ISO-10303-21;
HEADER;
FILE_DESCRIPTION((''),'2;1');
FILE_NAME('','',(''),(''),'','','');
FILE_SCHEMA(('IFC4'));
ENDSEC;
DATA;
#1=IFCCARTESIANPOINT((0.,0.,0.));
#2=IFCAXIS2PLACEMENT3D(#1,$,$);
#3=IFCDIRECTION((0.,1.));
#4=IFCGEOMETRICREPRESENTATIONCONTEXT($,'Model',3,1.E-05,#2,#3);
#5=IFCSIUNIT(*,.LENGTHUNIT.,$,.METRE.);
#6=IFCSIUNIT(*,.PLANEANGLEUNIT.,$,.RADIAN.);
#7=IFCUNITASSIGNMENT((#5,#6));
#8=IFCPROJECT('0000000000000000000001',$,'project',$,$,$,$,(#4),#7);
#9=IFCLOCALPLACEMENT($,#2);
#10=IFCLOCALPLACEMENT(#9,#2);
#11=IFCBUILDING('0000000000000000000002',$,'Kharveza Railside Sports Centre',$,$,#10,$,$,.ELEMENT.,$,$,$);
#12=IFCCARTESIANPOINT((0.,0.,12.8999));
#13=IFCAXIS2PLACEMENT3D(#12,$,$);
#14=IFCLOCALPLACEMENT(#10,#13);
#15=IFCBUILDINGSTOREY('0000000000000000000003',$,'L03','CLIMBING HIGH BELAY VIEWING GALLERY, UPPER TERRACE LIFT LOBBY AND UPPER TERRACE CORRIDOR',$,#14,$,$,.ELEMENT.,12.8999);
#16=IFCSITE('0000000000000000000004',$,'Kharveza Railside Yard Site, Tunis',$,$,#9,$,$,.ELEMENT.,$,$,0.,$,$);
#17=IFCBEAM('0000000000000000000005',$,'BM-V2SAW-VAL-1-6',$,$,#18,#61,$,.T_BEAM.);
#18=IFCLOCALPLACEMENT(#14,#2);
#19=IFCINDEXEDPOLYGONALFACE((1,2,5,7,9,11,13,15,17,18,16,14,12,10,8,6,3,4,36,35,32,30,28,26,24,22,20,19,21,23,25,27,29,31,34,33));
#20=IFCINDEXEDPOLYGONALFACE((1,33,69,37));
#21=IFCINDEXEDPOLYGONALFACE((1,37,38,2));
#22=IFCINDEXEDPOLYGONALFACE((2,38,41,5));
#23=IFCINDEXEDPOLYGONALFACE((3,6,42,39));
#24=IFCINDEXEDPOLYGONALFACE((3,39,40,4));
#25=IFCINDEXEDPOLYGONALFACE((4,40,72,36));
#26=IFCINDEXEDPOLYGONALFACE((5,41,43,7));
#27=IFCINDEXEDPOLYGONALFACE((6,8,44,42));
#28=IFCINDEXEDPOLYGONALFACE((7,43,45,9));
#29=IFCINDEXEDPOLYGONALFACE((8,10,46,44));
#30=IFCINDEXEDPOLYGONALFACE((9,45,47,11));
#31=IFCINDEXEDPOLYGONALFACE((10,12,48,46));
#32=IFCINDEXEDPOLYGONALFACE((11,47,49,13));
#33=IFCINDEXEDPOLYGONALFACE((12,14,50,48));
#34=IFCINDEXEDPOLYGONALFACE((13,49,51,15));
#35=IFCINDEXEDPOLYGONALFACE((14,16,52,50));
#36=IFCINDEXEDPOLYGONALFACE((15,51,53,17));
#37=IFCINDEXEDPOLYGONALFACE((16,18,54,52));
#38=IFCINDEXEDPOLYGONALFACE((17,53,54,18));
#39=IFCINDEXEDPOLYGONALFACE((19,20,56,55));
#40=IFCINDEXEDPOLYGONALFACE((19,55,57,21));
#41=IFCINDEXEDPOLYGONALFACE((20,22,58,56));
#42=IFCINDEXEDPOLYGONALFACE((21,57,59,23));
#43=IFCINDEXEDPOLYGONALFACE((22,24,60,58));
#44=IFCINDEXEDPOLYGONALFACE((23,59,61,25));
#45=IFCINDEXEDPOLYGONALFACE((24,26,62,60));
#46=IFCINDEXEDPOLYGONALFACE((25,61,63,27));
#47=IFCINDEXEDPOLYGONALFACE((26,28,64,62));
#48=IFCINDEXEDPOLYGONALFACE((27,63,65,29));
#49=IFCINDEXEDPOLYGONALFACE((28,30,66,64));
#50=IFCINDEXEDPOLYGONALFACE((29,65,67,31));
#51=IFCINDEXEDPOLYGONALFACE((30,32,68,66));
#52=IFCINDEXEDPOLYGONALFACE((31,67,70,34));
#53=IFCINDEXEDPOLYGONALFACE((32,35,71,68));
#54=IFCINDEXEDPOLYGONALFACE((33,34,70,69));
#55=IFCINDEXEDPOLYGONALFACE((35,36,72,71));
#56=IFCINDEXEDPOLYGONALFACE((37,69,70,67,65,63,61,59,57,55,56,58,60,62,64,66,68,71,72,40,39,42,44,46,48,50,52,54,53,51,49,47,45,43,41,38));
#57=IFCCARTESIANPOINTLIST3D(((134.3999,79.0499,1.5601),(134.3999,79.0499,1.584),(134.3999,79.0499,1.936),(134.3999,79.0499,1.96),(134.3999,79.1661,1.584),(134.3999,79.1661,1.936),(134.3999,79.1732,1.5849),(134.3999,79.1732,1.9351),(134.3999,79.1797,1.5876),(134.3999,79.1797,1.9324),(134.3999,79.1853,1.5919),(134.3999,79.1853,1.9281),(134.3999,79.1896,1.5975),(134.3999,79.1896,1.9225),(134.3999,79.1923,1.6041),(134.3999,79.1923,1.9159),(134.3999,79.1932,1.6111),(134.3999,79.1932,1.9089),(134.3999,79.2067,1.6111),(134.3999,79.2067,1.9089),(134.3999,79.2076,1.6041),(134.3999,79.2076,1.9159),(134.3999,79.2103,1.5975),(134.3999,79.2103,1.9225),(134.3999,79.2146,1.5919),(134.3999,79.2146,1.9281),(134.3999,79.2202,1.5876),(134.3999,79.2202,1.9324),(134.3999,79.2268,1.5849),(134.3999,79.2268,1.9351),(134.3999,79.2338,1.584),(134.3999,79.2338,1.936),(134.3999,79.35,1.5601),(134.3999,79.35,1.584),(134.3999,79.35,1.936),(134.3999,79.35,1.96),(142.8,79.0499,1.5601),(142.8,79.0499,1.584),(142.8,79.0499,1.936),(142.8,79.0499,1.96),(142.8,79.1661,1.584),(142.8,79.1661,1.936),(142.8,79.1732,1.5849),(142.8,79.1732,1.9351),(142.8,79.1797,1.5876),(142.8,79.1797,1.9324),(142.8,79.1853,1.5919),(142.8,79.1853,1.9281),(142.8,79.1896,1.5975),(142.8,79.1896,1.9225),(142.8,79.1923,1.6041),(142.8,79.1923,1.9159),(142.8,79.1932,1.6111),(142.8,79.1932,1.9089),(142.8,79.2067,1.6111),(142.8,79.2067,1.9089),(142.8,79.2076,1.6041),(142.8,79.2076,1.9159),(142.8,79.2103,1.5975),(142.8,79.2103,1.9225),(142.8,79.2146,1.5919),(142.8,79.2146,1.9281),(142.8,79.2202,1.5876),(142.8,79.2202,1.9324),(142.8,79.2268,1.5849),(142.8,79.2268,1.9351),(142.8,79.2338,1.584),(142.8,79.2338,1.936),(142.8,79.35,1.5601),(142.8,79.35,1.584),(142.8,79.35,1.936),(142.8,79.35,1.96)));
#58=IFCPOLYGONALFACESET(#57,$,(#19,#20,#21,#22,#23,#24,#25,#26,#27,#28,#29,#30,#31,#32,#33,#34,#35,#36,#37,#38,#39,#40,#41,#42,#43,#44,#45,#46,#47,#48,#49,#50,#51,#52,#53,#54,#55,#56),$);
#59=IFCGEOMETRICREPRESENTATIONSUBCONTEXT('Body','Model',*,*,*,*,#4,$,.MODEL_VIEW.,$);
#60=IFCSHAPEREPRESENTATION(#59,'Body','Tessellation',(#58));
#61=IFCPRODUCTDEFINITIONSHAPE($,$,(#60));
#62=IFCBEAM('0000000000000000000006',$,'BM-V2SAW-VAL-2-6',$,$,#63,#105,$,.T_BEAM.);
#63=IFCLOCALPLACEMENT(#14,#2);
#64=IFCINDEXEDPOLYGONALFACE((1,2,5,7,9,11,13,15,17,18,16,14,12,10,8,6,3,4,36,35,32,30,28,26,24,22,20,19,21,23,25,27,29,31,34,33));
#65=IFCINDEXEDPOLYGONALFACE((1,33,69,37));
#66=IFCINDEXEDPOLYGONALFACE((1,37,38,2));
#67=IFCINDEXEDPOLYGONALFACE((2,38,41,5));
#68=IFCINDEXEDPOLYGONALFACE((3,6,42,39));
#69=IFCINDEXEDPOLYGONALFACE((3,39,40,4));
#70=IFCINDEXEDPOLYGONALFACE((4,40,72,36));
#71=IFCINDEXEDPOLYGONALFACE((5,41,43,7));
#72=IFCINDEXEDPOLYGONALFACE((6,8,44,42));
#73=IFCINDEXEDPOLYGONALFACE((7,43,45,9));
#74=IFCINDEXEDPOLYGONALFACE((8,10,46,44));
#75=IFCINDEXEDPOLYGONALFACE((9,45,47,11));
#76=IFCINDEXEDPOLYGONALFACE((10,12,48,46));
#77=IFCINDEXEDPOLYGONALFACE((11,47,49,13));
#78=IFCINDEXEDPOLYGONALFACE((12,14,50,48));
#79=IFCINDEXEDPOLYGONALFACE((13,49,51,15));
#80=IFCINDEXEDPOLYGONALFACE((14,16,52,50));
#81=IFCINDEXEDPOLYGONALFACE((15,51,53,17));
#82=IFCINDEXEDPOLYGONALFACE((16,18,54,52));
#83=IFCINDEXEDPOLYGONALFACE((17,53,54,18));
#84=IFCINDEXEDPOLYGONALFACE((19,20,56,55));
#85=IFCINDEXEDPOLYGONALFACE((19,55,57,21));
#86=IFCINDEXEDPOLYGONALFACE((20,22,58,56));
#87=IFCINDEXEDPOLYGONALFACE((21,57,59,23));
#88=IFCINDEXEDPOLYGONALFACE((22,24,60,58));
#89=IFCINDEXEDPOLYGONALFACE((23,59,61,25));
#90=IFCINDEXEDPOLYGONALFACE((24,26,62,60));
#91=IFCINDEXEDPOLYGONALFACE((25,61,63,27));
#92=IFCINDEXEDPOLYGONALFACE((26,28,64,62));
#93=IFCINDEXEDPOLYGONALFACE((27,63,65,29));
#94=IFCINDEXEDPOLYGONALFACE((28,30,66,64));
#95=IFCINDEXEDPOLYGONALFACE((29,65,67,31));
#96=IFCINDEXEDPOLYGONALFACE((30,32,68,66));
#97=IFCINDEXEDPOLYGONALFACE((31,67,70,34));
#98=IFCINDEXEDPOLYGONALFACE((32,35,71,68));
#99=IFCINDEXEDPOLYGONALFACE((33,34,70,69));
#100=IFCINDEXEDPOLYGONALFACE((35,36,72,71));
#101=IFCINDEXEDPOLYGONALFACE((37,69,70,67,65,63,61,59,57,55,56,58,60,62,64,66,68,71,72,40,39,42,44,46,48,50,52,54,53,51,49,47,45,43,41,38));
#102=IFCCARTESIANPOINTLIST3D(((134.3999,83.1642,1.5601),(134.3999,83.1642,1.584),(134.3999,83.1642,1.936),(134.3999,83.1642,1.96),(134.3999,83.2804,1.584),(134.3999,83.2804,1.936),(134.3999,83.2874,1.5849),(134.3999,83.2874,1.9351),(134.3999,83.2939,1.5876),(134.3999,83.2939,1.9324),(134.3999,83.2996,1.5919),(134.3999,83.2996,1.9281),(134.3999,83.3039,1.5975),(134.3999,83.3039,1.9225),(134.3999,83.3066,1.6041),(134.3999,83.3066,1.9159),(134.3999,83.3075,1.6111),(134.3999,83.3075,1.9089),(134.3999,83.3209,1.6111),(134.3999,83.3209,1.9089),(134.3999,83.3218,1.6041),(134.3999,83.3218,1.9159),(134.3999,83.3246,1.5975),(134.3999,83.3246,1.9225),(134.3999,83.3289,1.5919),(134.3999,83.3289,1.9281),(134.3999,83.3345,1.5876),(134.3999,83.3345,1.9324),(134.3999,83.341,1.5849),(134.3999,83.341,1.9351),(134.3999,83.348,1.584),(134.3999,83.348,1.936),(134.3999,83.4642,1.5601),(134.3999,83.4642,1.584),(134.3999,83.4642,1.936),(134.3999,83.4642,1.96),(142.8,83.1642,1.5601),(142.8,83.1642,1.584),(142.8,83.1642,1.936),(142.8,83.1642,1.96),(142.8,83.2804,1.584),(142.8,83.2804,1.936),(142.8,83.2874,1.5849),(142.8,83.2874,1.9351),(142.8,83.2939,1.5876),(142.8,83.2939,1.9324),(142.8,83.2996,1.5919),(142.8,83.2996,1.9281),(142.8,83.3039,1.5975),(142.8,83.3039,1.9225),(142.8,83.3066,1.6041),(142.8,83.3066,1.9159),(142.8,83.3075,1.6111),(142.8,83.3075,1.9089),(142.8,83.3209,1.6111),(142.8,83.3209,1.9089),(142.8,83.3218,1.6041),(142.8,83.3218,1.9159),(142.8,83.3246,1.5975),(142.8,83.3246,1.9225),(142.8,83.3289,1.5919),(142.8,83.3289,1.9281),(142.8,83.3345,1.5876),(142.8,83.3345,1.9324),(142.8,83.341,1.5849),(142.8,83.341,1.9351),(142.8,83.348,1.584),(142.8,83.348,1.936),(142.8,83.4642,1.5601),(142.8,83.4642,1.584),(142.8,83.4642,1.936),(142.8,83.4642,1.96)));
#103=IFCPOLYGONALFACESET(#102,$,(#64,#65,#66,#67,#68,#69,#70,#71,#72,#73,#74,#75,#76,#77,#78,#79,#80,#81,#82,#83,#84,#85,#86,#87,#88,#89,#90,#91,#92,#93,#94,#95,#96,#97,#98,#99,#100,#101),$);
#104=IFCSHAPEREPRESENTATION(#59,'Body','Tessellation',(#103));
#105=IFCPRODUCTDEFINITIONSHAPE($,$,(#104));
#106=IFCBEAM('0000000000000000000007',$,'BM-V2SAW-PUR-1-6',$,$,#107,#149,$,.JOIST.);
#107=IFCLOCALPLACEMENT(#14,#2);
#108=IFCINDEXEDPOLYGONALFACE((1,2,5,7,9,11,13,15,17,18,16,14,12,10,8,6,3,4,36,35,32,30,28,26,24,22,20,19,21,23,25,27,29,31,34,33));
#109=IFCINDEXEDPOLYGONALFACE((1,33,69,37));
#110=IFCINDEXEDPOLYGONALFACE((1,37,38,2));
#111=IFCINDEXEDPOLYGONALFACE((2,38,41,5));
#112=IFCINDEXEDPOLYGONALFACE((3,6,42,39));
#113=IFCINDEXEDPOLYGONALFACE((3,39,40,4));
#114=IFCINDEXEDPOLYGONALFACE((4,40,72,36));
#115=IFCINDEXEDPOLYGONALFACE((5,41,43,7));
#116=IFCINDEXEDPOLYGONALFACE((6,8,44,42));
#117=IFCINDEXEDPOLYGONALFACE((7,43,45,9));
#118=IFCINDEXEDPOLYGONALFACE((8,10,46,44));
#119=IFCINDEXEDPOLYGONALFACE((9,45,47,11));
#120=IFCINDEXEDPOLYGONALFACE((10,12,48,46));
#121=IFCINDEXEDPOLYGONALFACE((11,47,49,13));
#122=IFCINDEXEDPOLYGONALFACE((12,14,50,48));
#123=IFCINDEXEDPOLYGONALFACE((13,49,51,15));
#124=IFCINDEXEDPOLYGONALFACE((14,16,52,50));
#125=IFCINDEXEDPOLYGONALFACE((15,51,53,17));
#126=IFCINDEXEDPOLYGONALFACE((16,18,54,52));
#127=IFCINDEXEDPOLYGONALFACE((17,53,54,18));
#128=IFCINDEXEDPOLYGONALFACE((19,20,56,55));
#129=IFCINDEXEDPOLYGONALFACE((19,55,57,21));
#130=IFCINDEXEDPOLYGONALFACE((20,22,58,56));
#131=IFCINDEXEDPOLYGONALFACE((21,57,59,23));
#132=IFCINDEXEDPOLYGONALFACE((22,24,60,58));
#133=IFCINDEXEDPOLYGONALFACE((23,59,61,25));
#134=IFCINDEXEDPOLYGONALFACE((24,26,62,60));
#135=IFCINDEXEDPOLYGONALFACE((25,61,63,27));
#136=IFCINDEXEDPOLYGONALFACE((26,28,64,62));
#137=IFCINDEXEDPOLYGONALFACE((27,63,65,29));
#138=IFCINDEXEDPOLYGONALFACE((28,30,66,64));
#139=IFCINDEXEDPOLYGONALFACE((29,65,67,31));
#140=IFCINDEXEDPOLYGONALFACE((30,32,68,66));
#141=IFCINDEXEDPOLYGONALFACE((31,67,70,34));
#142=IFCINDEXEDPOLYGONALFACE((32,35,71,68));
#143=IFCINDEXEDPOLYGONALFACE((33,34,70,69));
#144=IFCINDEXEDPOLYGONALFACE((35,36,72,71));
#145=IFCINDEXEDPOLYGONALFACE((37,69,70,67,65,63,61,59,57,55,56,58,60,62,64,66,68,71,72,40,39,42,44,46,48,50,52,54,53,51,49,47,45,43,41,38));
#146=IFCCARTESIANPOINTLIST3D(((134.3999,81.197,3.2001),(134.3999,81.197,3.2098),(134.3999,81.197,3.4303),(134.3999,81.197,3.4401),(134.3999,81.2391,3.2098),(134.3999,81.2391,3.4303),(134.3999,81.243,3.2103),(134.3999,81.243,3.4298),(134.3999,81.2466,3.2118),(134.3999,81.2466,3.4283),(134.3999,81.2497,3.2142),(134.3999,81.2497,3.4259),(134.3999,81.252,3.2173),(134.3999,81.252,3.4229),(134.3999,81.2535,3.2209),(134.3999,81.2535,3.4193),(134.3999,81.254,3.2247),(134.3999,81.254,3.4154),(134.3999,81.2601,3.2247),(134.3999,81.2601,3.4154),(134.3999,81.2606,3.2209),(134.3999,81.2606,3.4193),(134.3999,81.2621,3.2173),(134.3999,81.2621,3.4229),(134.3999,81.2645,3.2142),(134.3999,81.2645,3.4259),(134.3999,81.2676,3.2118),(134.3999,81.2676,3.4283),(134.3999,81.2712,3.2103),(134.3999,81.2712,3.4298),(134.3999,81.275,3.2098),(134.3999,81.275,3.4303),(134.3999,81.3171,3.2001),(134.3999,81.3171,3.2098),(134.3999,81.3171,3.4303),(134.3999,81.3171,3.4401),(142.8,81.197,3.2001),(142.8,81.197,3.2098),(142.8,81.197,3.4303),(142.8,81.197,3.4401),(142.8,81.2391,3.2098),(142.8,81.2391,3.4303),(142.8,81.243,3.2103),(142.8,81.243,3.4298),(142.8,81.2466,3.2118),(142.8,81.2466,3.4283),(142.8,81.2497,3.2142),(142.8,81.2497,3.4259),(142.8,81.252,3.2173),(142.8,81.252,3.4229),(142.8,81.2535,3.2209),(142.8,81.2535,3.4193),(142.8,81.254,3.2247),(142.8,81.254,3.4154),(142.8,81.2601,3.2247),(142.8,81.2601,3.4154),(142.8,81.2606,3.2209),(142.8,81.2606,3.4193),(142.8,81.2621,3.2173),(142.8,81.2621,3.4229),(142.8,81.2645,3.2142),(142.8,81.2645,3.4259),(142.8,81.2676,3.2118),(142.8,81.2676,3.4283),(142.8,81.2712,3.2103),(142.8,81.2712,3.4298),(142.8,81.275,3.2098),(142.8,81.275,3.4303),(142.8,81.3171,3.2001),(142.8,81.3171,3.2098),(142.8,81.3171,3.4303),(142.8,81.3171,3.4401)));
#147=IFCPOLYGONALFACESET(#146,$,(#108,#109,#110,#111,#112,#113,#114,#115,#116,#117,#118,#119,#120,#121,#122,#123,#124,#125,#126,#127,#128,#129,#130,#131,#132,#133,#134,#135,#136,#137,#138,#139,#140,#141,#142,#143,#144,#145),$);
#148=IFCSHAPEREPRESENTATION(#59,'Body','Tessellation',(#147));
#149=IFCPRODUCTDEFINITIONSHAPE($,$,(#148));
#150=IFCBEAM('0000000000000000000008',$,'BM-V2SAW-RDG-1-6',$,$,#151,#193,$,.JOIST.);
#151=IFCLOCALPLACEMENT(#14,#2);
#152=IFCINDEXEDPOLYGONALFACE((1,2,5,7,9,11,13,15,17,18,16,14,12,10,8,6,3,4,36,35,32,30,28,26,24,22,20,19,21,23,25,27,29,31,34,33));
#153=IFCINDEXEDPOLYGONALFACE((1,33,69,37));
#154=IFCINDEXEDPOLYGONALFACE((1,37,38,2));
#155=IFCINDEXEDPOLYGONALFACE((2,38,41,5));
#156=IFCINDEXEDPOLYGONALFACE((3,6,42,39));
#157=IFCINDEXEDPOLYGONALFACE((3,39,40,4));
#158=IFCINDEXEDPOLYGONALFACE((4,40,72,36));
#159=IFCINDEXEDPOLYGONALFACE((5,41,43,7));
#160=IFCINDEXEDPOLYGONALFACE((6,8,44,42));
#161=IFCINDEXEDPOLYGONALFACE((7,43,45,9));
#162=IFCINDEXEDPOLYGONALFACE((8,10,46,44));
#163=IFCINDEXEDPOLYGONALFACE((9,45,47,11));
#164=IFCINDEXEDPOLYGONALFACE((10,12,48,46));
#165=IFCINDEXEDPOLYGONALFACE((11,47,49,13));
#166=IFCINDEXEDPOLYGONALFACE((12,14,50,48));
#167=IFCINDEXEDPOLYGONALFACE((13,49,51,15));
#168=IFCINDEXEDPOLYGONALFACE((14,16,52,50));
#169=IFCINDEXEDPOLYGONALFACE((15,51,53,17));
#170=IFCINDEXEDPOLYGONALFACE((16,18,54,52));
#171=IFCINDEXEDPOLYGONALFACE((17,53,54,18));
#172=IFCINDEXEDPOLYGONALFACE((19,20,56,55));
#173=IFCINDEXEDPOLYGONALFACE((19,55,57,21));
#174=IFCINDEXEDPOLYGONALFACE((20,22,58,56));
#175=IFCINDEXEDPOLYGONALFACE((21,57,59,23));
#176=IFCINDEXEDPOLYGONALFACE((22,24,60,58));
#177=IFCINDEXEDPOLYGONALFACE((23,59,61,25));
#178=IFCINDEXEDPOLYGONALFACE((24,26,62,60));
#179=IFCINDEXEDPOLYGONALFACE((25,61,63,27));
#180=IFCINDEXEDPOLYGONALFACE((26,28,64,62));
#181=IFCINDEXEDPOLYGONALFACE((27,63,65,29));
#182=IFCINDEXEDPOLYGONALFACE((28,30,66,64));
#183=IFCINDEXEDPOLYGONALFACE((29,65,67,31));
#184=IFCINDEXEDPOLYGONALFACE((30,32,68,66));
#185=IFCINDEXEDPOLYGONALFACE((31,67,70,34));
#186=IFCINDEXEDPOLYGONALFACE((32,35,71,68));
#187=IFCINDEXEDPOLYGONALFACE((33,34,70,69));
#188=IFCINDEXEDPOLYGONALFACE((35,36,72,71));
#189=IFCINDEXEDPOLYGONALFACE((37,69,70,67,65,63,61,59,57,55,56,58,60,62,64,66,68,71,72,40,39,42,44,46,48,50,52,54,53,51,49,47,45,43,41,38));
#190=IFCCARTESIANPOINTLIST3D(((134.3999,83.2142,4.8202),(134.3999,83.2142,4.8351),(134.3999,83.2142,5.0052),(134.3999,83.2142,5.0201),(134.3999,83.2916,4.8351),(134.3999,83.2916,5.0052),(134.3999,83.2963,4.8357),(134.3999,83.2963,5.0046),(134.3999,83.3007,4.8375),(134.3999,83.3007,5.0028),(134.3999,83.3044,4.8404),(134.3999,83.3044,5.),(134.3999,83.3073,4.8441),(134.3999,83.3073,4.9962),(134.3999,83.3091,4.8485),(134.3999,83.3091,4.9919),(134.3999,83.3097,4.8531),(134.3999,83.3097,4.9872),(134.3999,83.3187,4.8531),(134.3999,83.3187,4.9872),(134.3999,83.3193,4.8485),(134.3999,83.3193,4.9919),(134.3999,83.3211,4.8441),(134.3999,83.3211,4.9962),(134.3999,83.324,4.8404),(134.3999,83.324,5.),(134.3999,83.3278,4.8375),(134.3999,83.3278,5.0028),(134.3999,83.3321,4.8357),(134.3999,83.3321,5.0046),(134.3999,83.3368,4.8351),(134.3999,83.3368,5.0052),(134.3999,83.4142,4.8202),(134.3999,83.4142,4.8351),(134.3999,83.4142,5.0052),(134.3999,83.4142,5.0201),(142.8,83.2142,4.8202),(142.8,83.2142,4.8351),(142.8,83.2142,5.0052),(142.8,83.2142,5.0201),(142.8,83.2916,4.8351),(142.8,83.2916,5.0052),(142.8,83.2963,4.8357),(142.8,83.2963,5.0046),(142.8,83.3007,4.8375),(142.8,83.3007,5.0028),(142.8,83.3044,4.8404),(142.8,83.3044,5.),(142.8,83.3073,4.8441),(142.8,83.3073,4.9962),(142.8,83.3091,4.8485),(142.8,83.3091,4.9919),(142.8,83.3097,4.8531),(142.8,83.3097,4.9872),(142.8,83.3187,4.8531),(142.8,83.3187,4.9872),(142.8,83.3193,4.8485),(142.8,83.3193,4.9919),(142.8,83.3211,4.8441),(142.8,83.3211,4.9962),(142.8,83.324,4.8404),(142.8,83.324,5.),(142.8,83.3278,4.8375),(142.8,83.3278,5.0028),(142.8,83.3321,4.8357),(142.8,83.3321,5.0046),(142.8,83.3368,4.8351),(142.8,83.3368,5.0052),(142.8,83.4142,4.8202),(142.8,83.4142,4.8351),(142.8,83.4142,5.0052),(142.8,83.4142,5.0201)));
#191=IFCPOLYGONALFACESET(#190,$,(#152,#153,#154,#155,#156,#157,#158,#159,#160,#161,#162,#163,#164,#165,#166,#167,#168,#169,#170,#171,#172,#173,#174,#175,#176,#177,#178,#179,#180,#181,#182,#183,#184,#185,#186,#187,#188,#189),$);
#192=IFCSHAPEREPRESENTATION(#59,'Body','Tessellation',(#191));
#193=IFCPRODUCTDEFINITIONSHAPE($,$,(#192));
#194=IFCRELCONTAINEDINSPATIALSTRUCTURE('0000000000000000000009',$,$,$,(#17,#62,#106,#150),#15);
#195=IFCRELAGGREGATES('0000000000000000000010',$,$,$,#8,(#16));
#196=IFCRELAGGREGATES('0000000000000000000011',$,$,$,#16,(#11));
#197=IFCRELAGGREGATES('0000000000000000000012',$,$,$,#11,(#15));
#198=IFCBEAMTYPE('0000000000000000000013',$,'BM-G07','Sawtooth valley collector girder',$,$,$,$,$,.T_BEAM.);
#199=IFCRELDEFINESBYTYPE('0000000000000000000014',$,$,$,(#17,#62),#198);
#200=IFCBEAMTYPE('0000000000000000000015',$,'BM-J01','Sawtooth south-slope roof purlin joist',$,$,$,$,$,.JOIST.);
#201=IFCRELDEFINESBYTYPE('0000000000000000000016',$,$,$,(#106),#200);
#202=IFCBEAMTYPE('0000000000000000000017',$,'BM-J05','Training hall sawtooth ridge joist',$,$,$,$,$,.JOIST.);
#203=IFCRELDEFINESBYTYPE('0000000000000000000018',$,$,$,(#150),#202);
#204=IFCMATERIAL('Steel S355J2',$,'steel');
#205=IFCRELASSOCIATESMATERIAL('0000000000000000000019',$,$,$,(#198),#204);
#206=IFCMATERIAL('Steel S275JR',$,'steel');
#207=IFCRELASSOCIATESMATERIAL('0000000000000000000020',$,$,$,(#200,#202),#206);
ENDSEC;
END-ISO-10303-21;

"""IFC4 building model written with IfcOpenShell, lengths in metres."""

from ifc_helpers import new_model, si_unit, direction, frame, origin, origin_2d, place, context, subcontext, project, spatial, i_section, extrude, material, material_profile, profile_set, type_object, element, save


model = new_model("IFC4")

# Units and contexts
model_context = context("Model", 3, precision=1e-05, world=origin(), true_north=direction((0.0, 1.0)))
body_context = subcontext(model_context, "Body", "Model", "MODEL_VIEW")
ifc_project = project(units=[si_unit("LENGTHUNIT", "METRE"), si_unit("PLANEANGLEUNIT", "RADIAN")], contexts=[model_context])

# Site, building, storey
site_placement = place(None, origin())
site = spatial("IfcSite", under=ifc_project, at=site_placement, Name="Kharveza Railside Yard Site, Tunis", CompositionType="ELEMENT", RefElevation=0.0)
building_placement = place(site_placement, origin())
building = spatial("IfcBuilding", under=site, at=building_placement, Name="Kharveza Railside Sports Centre", CompositionType="ELEMENT")
storey_placement = place(building_placement, frame((0.0, 0.0, 12.8999)))
storey = spatial("IfcBuildingStorey", under=building, at=storey_placement, Name="L03", Description="CLIMBING HIGH BELAY VIEWING GALLERY, UPPER TERRACE LIFT LOBBY AND UPPER TERRACE CORRIDOR", CompositionType="ELEMENT", Elevation=12.8999)

# Beams
ifc_material_1 = material(Name="Steel S355J2", Category="steel")
ifc_material_profile_1 = material_profile(ifc_material_1, i_section(OverallWidth=0.3, OverallDepth=0.3999, WebThickness=0.0134, FlangeThickness=0.0239, FilletRadius=0.0271, at=origin_2d()), Name="HEB 400")
ifc_profile_set_1 = profile_set([ifc_material_profile_1], Name="Steel S355J2")
beam_type_1 = type_object("IfcBeamType", Name="BM-G07", Description="Sawtooth valley collector girder", PredefinedType="T_BEAM", material=ifc_profile_set_1)
for number, where, z_axis, x_axis, name in (
    (1, (134.3999, 79.2, 1.76), (1.0, 0.0, 0.0), (0.0, 1.0, 0.0), "BM-V2SAW-VAL-1-6"),
    (2, (134.3999, 83.3142, 1.76), (1.0, 0.0, 0.0), (0.0, 1.0, 0.0), "BM-V2SAW-VAL-2-6"),
):
    element("IfcBeam", number, at=place(storey_placement, frame(where, z_axis=z_axis, x_axis=x_axis)), inside=storey, type_object=beam_type_1, Name=name, PredefinedType="T_BEAM", context=body_context, shape_type="SweptSolid", body=[
        extrude(i_section(OverallWidth=0.3, OverallDepth=0.3999, WebThickness=0.0134, FlangeThickness=0.0239, FilletRadius=0.0271, at=origin_2d()), origin(), (0.0, 0.0, 1.0), 8.4001),
    ])
ifc_material_2 = material(Name="Steel S275JR", Category="steel")
ifc_material_profile_2 = material_profile(ifc_material_2, i_section(OverallWidth=0.1201, OverallDepth=0.24, WebThickness=0.0061, FlangeThickness=0.0098, FilletRadius=0.0149, at=origin_2d()), Name="IPE 240")
ifc_profile_set_2 = profile_set([ifc_material_profile_2], Name="Steel S275JR")
beam_type_2 = type_object("IfcBeamType", Name="BM-J01", Description="Sawtooth south-slope roof purlin joist", PredefinedType="JOIST", material=ifc_profile_set_2)
beam_1_placement = place(storey_placement, frame((134.3999, 81.2571, 3.3201), z_axis=(1.0, 0.0, 0.0), x_axis=(0.0, 1.0, 0.0)))
element("IfcBeam", 3, at=beam_1_placement, inside=storey, type_object=beam_type_2, Name="BM-V2SAW-PUR-1-6", PredefinedType="JOIST", context=body_context, shape_type="SweptSolid", body=[
    extrude(i_section(OverallWidth=0.1201, OverallDepth=0.24, WebThickness=0.0061, FlangeThickness=0.0098, FilletRadius=0.0149, at=origin_2d()), origin(), (0.0, 0.0, 1.0), 8.4001),
])
ifc_material_profile_3 = material_profile(ifc_material_2, i_section(OverallWidth=0.2, OverallDepth=0.2, WebThickness=0.009, FlangeThickness=0.0149, FilletRadius=0.0181, at=origin_2d()), Name="HEB 200")
ifc_profile_set_3 = profile_set([ifc_material_profile_3], Name="Steel S275JR")
beam_type_3 = type_object("IfcBeamType", Name="BM-J05", Description="Training hall sawtooth ridge joist", PredefinedType="JOIST", material=ifc_profile_set_3)
beam_2_placement = place(storey_placement, frame((134.3999, 83.3142, 4.9202), z_axis=(1.0, 0.0, 0.0), x_axis=(0.0, 1.0, 0.0)))
element("IfcBeam", 4, at=beam_2_placement, inside=storey, type_object=beam_type_3, Name="BM-V2SAW-RDG-1-6", PredefinedType="JOIST", context=body_context, shape_type="SweptSolid", body=[
    extrude(i_section(OverallWidth=0.2, OverallDepth=0.2, WebThickness=0.009, FlangeThickness=0.0149, FilletRadius=0.0181, at=origin_2d()), origin(), (0.0, 0.0, 1.0), 8.4001),
])

save(model, "model.ifc")
